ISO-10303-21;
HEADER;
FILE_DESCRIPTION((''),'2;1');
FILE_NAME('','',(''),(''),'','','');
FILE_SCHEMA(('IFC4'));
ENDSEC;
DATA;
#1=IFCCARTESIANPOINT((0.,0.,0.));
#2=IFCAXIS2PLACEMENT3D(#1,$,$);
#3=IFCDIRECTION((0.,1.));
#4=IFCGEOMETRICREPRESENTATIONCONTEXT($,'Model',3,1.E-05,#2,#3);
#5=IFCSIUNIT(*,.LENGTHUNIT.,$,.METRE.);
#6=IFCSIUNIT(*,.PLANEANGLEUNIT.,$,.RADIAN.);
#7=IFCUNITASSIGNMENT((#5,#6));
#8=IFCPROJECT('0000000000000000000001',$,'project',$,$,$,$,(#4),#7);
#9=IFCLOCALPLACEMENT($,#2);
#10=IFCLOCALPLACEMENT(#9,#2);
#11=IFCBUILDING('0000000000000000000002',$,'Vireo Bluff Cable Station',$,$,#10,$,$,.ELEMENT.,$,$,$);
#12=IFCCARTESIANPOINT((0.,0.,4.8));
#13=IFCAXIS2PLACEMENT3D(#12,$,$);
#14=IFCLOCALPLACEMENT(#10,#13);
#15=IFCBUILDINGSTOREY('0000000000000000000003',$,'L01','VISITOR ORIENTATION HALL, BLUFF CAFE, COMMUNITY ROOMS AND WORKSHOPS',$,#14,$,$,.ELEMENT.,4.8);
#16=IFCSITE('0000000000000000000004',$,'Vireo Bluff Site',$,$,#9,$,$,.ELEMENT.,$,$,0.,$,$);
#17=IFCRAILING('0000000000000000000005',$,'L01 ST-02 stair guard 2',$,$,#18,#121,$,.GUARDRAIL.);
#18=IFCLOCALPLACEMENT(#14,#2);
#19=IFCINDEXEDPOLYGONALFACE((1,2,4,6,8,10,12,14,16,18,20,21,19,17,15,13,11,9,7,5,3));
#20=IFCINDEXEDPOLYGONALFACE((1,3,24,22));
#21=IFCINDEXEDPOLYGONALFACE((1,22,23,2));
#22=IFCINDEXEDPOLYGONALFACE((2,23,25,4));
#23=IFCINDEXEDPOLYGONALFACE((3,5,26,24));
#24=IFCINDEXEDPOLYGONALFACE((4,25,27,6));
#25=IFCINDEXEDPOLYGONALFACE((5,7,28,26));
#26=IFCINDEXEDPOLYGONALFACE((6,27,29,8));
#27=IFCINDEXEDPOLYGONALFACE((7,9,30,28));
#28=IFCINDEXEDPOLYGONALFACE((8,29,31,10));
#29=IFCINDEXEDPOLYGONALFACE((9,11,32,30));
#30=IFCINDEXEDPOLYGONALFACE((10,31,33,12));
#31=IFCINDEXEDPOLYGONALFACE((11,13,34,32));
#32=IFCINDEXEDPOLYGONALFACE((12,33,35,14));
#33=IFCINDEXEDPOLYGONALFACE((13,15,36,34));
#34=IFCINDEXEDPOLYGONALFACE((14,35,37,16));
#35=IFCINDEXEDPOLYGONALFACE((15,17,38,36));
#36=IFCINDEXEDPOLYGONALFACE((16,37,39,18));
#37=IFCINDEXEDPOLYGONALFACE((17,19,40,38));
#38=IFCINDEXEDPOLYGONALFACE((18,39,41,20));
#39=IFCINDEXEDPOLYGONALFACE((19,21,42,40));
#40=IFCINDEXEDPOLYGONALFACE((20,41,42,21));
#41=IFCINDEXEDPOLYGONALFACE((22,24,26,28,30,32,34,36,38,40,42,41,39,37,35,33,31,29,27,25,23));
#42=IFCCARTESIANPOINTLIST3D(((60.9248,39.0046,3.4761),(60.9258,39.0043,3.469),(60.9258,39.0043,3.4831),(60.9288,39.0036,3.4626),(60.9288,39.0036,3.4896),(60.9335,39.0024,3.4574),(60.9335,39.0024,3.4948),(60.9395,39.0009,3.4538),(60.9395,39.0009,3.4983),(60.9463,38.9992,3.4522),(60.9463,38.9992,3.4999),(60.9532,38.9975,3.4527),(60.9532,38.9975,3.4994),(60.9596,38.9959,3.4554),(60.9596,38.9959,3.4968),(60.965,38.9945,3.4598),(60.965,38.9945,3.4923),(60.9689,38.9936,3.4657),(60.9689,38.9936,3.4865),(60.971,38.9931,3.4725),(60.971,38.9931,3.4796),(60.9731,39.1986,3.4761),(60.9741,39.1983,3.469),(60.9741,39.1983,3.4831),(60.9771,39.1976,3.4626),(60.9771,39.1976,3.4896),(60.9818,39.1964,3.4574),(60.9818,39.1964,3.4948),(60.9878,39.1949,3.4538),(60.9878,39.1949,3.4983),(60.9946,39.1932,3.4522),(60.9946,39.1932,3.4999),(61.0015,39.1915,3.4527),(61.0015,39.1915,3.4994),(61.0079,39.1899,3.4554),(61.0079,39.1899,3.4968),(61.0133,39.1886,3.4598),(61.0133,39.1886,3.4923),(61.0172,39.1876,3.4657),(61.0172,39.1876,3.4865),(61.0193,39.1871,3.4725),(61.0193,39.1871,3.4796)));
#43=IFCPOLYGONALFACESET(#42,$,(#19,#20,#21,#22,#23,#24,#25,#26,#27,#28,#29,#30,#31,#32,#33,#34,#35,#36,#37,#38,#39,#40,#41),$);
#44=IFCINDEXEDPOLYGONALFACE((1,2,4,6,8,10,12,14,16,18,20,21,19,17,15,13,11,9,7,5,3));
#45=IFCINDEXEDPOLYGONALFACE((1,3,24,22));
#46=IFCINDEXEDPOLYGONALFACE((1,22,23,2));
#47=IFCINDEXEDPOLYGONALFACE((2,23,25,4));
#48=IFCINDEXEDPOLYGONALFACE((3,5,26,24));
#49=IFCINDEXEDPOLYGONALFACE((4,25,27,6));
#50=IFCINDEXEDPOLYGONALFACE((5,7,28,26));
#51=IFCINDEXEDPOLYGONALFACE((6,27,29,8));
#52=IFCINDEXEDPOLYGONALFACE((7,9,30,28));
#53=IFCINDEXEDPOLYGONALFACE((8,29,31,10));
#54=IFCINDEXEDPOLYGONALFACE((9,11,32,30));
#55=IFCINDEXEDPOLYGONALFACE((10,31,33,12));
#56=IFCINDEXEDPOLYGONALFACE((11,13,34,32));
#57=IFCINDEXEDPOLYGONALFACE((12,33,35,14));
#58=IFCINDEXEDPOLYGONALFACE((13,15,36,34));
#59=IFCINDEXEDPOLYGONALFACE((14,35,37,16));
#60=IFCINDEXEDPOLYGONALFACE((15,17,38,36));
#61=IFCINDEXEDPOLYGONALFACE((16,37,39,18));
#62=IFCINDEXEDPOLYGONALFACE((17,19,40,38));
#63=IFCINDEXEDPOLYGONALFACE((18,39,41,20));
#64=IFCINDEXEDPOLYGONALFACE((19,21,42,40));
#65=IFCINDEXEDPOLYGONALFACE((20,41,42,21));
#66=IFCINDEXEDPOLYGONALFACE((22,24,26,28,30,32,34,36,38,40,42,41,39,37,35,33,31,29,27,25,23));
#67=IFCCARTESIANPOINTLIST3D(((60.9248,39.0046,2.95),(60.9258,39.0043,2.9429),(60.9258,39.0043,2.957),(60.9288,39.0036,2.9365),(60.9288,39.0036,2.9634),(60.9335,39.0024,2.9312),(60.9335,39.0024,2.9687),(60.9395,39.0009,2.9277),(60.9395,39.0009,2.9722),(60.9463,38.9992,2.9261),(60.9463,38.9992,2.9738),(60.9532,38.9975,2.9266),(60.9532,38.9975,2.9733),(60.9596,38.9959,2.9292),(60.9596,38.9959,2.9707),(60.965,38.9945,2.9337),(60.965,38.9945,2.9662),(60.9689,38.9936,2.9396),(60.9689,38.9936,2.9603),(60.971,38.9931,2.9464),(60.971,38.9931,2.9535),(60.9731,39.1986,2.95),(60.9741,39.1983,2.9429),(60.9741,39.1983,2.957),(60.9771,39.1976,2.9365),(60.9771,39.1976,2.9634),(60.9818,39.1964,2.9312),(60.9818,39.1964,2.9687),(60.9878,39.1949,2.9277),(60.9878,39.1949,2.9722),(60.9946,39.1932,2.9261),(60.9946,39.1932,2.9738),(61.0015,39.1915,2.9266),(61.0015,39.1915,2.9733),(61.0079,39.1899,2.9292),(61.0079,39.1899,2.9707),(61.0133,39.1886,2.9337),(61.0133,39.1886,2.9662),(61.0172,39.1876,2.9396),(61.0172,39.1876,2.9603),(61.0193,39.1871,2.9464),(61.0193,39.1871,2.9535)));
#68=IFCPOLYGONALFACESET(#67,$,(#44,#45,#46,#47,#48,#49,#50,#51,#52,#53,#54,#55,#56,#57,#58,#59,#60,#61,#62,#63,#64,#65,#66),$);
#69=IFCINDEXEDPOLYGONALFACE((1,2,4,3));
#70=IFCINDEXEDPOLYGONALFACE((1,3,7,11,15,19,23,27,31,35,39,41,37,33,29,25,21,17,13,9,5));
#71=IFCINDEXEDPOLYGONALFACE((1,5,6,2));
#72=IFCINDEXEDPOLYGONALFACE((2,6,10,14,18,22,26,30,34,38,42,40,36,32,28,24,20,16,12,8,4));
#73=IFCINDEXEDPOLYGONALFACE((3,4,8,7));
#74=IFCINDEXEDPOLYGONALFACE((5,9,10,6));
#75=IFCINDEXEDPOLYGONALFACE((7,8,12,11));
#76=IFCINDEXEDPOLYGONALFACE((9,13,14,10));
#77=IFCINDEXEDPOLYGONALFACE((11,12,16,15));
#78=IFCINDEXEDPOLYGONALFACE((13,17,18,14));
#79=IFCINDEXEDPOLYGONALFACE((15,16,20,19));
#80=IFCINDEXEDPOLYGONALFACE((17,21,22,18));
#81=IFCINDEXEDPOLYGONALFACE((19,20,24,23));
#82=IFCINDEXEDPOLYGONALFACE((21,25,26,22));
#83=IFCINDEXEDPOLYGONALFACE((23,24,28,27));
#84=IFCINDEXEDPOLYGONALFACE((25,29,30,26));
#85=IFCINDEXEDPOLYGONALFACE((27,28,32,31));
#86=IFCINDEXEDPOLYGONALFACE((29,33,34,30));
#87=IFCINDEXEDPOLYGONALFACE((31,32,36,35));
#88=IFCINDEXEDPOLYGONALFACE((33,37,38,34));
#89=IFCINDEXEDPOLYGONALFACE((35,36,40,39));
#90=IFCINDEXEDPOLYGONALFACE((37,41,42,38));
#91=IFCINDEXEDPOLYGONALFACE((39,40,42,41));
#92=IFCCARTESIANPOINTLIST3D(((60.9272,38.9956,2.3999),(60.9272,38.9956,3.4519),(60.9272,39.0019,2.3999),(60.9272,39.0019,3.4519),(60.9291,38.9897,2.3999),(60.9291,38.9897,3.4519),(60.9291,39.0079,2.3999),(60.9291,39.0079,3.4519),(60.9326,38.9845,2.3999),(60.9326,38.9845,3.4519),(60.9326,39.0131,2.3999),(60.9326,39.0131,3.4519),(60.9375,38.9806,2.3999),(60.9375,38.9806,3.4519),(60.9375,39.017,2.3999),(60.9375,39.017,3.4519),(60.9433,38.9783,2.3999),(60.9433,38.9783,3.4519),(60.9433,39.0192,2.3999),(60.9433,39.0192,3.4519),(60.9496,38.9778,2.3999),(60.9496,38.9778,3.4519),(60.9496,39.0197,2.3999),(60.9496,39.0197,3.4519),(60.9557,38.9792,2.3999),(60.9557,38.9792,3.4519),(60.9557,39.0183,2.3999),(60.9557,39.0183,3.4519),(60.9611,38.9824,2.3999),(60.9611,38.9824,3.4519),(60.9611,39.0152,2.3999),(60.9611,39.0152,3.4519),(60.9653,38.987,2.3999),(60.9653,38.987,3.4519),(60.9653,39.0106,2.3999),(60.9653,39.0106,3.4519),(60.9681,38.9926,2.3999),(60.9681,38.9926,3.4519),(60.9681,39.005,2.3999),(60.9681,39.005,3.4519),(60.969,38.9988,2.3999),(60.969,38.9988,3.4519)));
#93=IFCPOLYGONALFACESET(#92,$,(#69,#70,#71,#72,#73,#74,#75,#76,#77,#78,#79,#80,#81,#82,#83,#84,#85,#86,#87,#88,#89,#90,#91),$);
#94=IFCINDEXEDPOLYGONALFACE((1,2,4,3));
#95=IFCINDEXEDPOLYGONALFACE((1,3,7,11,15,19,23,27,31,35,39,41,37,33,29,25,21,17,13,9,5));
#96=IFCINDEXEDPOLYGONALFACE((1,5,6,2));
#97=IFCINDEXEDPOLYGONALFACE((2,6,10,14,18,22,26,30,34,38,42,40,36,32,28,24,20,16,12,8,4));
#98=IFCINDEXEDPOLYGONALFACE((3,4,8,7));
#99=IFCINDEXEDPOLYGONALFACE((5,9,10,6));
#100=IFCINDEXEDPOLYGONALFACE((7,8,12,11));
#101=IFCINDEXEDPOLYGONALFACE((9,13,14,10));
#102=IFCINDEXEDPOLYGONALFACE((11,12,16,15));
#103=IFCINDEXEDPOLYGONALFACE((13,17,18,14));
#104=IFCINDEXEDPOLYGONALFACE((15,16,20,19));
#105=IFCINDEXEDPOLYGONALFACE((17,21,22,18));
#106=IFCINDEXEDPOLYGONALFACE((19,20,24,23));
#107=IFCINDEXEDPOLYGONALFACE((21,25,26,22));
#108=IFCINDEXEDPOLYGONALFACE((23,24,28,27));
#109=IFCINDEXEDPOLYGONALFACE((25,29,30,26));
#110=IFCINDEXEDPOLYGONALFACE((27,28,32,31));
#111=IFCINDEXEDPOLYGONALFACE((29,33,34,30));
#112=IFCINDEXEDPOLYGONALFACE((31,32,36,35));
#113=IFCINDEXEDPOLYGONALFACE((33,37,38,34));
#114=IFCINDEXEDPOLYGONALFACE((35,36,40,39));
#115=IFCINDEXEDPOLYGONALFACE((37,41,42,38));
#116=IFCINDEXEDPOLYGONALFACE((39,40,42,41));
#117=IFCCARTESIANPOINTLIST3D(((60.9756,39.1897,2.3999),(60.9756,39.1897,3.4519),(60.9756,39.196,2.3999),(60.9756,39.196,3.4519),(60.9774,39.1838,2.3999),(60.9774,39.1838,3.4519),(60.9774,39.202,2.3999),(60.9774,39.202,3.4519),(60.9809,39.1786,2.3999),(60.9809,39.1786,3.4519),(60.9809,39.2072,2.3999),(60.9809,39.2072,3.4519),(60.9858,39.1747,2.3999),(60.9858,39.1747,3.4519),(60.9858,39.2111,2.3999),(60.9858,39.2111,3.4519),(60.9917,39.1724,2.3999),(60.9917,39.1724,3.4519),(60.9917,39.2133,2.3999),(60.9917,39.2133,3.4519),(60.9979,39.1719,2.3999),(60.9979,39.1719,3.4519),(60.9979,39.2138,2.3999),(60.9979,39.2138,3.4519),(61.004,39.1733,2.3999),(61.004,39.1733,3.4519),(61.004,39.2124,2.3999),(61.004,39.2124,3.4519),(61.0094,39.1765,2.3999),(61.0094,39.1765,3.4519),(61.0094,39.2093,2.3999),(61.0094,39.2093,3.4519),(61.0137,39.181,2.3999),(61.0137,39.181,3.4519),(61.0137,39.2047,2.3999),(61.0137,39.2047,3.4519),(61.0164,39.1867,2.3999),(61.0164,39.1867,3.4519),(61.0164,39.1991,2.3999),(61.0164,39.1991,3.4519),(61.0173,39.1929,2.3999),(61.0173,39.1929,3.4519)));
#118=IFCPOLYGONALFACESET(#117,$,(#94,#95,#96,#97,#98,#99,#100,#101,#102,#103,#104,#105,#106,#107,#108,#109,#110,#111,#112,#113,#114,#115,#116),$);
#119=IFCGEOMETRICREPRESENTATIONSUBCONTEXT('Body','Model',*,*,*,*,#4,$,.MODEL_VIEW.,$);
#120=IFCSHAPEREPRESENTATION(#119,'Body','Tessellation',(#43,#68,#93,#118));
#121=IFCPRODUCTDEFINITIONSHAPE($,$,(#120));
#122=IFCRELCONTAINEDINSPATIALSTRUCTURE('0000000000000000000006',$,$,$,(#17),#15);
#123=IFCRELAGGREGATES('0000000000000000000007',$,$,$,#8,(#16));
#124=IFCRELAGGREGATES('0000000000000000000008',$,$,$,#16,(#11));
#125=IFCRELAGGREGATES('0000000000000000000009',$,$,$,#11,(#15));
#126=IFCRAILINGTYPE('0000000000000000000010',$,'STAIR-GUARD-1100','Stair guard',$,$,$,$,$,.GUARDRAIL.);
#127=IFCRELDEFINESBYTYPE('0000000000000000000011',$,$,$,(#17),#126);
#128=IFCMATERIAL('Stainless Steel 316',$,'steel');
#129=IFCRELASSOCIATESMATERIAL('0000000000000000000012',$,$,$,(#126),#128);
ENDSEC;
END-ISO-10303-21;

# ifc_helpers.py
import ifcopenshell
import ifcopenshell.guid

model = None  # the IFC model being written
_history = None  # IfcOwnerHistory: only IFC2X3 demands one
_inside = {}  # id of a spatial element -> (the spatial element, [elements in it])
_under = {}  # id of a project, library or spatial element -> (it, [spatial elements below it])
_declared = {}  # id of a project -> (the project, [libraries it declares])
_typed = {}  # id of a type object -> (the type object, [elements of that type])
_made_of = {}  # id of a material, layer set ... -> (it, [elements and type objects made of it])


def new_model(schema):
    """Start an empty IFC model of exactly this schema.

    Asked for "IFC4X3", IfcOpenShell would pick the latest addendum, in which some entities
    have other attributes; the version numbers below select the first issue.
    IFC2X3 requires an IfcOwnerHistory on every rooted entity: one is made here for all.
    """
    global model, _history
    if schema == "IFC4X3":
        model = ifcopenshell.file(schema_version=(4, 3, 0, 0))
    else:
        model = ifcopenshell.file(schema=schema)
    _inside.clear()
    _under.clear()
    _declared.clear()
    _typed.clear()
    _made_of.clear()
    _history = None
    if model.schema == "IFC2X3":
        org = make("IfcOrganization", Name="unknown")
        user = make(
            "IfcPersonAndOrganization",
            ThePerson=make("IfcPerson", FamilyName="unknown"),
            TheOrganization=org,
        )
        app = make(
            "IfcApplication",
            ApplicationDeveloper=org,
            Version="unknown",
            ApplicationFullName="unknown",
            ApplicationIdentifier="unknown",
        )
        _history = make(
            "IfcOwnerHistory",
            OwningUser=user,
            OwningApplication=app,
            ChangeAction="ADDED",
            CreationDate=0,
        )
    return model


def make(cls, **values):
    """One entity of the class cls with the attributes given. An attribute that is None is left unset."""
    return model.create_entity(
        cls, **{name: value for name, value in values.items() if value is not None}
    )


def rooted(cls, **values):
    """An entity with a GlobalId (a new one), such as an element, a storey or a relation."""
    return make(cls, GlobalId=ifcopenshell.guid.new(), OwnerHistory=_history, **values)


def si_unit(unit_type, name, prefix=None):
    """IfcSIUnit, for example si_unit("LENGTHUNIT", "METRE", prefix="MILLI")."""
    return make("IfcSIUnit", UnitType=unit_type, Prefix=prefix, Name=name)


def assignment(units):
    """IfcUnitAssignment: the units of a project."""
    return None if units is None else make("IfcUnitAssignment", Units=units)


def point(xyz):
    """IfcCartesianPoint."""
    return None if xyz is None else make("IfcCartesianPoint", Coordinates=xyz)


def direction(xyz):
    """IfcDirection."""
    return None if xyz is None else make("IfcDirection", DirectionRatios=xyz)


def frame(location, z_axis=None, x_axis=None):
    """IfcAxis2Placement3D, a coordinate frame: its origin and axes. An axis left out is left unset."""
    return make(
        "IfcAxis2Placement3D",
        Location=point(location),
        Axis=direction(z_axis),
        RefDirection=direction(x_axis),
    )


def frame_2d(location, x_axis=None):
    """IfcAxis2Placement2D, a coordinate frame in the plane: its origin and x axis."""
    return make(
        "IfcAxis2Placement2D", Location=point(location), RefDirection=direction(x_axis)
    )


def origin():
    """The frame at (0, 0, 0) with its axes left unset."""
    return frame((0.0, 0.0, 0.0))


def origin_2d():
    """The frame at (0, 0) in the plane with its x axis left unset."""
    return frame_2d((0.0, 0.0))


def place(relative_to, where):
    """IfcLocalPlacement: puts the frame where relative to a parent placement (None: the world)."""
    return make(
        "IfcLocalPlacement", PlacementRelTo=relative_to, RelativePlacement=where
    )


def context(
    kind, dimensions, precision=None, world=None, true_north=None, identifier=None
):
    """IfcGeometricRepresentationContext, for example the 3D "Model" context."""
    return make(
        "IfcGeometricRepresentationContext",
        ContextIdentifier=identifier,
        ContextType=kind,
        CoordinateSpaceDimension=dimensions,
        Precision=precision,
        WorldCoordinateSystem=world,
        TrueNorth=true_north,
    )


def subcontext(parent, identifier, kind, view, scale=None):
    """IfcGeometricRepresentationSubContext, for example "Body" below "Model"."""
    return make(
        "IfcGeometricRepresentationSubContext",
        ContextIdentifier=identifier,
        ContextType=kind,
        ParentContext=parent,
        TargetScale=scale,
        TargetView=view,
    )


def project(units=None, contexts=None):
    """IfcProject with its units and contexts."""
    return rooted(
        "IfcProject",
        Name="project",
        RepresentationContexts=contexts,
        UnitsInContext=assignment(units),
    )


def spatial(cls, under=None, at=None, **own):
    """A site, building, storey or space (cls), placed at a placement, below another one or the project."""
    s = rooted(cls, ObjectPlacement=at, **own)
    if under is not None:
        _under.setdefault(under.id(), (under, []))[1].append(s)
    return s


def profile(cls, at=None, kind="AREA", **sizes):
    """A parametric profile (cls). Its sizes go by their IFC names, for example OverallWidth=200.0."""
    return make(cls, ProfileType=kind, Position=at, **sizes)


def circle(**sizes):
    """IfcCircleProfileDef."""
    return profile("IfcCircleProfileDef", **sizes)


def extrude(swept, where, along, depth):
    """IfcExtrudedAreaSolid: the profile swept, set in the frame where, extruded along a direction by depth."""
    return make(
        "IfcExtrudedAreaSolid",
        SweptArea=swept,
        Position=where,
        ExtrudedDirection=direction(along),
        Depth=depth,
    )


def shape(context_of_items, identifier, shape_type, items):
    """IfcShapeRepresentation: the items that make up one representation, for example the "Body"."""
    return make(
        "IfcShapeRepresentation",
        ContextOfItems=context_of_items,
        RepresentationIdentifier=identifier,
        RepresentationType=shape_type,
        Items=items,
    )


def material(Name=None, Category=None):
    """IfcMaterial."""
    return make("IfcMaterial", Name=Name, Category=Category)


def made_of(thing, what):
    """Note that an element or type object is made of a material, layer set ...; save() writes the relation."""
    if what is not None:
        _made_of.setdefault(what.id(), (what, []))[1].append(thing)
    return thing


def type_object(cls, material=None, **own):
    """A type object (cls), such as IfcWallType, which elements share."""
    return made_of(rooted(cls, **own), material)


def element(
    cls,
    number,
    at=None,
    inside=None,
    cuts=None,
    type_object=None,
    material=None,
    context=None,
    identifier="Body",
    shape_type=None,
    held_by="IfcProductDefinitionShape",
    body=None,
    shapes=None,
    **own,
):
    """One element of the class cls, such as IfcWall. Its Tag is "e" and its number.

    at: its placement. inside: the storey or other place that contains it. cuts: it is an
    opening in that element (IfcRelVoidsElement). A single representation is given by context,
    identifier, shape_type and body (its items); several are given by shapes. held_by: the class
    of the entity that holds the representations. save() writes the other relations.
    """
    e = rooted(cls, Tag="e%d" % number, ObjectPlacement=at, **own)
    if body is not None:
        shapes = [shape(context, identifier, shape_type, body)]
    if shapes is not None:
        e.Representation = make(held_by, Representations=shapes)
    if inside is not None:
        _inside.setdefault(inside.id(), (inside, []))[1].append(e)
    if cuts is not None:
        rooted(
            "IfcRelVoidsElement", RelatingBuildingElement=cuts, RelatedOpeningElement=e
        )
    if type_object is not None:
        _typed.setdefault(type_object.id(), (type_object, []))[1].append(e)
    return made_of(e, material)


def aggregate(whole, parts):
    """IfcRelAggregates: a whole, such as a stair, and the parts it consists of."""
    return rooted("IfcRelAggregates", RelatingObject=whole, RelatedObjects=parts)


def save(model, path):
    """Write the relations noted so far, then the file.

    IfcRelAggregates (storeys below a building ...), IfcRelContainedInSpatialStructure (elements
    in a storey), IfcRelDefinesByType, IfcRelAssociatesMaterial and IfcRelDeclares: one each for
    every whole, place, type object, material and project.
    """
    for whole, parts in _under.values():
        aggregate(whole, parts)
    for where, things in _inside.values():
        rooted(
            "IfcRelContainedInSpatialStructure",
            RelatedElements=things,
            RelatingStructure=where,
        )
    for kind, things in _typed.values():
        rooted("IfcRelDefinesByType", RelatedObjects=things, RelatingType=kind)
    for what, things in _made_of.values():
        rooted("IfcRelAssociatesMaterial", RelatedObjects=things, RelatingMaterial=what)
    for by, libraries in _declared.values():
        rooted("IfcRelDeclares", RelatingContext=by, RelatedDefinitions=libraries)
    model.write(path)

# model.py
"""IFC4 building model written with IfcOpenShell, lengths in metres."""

from ifc_helpers import new_model, si_unit, direction, frame, origin, origin_2d, place, context, subcontext, project, spatial, circle, extrude, material, type_object, element, save


model = new_model("IFC4")

# Units and contexts
model_context = context("Model", 3, precision=1e-05, world=origin(), true_north=direction((0.0, 1.0)))
body_context = subcontext(model_context, "Body", "Model", "MODEL_VIEW")
ifc_project = project(units=[si_unit("LENGTHUNIT", "METRE"), si_unit("PLANEANGLEUNIT", "RADIAN")], contexts=[model_context])

# Site, building, storey
site_placement = place(None, origin())
site = spatial("IfcSite", under=ifc_project, at=site_placement, Name="Vireo Bluff Site", CompositionType="ELEMENT", RefElevation=0.0)
building_placement = place(site_placement, origin())
building = spatial("IfcBuilding", under=site, at=building_placement, Name="Vireo Bluff Cable Station", CompositionType="ELEMENT")
storey_placement = place(building_placement, frame((0.0, 0.0, 4.8)))
storey = spatial("IfcBuildingStorey", under=building, at=storey_placement, Name="L01", Description="VISITOR ORIENTATION HALL, BLUFF CAFE, COMMUNITY ROOMS AND WORKSHOPS", CompositionType="ELEMENT", Elevation=4.8)

# Shared definitions
ifc_material_1 = material(Name="Stainless Steel 316", Category="steel")

# Railing
railing_type_1 = type_object("IfcRailingType", Name="STAIR-GUARD-1100", Description="Stair guard", PredefinedType="GUARDRAIL", material=ifc_material_1)
railing_1_placement = place(storey_placement, frame((60.948, 38.9988, 2.3999)))
element("IfcRailing", 1, at=railing_1_placement, inside=storey, type_object=railing_type_1, Name="L01 ST-02 stair guard 2", PredefinedType="GUARDRAIL", context=body_context, shape_type="SweptSolid", body=[
    extrude(circle(Radius=0.0239, at=origin_2d()), frame((0.0, 0.0, 1.0762), z_axis=(0.241674, 0.970358, 0.0), x_axis=(-0.970358, 0.241674, 0.0)), (0.0, 0.0, 1.0), 0.2),
    extrude(circle(Radius=0.0239, at=origin_2d()), frame((0.0, 0.0, 0.55), z_axis=(0.241674, 0.970358, 0.0), x_axis=(-0.970358, 0.241674, 0.0)), (0.0, 0.0, 1.0), 0.2),
    extrude(circle(Radius=0.021, at=origin_2d()), origin(), (0.0, 0.0, 1.0), 1.052),
    extrude(circle(Radius=0.021, at=origin_2d()), frame((0.0483, 0.1941, 0.0)), (0.0, 0.0, 1.0), 1.052),
])

save(model, "model.ifc")
